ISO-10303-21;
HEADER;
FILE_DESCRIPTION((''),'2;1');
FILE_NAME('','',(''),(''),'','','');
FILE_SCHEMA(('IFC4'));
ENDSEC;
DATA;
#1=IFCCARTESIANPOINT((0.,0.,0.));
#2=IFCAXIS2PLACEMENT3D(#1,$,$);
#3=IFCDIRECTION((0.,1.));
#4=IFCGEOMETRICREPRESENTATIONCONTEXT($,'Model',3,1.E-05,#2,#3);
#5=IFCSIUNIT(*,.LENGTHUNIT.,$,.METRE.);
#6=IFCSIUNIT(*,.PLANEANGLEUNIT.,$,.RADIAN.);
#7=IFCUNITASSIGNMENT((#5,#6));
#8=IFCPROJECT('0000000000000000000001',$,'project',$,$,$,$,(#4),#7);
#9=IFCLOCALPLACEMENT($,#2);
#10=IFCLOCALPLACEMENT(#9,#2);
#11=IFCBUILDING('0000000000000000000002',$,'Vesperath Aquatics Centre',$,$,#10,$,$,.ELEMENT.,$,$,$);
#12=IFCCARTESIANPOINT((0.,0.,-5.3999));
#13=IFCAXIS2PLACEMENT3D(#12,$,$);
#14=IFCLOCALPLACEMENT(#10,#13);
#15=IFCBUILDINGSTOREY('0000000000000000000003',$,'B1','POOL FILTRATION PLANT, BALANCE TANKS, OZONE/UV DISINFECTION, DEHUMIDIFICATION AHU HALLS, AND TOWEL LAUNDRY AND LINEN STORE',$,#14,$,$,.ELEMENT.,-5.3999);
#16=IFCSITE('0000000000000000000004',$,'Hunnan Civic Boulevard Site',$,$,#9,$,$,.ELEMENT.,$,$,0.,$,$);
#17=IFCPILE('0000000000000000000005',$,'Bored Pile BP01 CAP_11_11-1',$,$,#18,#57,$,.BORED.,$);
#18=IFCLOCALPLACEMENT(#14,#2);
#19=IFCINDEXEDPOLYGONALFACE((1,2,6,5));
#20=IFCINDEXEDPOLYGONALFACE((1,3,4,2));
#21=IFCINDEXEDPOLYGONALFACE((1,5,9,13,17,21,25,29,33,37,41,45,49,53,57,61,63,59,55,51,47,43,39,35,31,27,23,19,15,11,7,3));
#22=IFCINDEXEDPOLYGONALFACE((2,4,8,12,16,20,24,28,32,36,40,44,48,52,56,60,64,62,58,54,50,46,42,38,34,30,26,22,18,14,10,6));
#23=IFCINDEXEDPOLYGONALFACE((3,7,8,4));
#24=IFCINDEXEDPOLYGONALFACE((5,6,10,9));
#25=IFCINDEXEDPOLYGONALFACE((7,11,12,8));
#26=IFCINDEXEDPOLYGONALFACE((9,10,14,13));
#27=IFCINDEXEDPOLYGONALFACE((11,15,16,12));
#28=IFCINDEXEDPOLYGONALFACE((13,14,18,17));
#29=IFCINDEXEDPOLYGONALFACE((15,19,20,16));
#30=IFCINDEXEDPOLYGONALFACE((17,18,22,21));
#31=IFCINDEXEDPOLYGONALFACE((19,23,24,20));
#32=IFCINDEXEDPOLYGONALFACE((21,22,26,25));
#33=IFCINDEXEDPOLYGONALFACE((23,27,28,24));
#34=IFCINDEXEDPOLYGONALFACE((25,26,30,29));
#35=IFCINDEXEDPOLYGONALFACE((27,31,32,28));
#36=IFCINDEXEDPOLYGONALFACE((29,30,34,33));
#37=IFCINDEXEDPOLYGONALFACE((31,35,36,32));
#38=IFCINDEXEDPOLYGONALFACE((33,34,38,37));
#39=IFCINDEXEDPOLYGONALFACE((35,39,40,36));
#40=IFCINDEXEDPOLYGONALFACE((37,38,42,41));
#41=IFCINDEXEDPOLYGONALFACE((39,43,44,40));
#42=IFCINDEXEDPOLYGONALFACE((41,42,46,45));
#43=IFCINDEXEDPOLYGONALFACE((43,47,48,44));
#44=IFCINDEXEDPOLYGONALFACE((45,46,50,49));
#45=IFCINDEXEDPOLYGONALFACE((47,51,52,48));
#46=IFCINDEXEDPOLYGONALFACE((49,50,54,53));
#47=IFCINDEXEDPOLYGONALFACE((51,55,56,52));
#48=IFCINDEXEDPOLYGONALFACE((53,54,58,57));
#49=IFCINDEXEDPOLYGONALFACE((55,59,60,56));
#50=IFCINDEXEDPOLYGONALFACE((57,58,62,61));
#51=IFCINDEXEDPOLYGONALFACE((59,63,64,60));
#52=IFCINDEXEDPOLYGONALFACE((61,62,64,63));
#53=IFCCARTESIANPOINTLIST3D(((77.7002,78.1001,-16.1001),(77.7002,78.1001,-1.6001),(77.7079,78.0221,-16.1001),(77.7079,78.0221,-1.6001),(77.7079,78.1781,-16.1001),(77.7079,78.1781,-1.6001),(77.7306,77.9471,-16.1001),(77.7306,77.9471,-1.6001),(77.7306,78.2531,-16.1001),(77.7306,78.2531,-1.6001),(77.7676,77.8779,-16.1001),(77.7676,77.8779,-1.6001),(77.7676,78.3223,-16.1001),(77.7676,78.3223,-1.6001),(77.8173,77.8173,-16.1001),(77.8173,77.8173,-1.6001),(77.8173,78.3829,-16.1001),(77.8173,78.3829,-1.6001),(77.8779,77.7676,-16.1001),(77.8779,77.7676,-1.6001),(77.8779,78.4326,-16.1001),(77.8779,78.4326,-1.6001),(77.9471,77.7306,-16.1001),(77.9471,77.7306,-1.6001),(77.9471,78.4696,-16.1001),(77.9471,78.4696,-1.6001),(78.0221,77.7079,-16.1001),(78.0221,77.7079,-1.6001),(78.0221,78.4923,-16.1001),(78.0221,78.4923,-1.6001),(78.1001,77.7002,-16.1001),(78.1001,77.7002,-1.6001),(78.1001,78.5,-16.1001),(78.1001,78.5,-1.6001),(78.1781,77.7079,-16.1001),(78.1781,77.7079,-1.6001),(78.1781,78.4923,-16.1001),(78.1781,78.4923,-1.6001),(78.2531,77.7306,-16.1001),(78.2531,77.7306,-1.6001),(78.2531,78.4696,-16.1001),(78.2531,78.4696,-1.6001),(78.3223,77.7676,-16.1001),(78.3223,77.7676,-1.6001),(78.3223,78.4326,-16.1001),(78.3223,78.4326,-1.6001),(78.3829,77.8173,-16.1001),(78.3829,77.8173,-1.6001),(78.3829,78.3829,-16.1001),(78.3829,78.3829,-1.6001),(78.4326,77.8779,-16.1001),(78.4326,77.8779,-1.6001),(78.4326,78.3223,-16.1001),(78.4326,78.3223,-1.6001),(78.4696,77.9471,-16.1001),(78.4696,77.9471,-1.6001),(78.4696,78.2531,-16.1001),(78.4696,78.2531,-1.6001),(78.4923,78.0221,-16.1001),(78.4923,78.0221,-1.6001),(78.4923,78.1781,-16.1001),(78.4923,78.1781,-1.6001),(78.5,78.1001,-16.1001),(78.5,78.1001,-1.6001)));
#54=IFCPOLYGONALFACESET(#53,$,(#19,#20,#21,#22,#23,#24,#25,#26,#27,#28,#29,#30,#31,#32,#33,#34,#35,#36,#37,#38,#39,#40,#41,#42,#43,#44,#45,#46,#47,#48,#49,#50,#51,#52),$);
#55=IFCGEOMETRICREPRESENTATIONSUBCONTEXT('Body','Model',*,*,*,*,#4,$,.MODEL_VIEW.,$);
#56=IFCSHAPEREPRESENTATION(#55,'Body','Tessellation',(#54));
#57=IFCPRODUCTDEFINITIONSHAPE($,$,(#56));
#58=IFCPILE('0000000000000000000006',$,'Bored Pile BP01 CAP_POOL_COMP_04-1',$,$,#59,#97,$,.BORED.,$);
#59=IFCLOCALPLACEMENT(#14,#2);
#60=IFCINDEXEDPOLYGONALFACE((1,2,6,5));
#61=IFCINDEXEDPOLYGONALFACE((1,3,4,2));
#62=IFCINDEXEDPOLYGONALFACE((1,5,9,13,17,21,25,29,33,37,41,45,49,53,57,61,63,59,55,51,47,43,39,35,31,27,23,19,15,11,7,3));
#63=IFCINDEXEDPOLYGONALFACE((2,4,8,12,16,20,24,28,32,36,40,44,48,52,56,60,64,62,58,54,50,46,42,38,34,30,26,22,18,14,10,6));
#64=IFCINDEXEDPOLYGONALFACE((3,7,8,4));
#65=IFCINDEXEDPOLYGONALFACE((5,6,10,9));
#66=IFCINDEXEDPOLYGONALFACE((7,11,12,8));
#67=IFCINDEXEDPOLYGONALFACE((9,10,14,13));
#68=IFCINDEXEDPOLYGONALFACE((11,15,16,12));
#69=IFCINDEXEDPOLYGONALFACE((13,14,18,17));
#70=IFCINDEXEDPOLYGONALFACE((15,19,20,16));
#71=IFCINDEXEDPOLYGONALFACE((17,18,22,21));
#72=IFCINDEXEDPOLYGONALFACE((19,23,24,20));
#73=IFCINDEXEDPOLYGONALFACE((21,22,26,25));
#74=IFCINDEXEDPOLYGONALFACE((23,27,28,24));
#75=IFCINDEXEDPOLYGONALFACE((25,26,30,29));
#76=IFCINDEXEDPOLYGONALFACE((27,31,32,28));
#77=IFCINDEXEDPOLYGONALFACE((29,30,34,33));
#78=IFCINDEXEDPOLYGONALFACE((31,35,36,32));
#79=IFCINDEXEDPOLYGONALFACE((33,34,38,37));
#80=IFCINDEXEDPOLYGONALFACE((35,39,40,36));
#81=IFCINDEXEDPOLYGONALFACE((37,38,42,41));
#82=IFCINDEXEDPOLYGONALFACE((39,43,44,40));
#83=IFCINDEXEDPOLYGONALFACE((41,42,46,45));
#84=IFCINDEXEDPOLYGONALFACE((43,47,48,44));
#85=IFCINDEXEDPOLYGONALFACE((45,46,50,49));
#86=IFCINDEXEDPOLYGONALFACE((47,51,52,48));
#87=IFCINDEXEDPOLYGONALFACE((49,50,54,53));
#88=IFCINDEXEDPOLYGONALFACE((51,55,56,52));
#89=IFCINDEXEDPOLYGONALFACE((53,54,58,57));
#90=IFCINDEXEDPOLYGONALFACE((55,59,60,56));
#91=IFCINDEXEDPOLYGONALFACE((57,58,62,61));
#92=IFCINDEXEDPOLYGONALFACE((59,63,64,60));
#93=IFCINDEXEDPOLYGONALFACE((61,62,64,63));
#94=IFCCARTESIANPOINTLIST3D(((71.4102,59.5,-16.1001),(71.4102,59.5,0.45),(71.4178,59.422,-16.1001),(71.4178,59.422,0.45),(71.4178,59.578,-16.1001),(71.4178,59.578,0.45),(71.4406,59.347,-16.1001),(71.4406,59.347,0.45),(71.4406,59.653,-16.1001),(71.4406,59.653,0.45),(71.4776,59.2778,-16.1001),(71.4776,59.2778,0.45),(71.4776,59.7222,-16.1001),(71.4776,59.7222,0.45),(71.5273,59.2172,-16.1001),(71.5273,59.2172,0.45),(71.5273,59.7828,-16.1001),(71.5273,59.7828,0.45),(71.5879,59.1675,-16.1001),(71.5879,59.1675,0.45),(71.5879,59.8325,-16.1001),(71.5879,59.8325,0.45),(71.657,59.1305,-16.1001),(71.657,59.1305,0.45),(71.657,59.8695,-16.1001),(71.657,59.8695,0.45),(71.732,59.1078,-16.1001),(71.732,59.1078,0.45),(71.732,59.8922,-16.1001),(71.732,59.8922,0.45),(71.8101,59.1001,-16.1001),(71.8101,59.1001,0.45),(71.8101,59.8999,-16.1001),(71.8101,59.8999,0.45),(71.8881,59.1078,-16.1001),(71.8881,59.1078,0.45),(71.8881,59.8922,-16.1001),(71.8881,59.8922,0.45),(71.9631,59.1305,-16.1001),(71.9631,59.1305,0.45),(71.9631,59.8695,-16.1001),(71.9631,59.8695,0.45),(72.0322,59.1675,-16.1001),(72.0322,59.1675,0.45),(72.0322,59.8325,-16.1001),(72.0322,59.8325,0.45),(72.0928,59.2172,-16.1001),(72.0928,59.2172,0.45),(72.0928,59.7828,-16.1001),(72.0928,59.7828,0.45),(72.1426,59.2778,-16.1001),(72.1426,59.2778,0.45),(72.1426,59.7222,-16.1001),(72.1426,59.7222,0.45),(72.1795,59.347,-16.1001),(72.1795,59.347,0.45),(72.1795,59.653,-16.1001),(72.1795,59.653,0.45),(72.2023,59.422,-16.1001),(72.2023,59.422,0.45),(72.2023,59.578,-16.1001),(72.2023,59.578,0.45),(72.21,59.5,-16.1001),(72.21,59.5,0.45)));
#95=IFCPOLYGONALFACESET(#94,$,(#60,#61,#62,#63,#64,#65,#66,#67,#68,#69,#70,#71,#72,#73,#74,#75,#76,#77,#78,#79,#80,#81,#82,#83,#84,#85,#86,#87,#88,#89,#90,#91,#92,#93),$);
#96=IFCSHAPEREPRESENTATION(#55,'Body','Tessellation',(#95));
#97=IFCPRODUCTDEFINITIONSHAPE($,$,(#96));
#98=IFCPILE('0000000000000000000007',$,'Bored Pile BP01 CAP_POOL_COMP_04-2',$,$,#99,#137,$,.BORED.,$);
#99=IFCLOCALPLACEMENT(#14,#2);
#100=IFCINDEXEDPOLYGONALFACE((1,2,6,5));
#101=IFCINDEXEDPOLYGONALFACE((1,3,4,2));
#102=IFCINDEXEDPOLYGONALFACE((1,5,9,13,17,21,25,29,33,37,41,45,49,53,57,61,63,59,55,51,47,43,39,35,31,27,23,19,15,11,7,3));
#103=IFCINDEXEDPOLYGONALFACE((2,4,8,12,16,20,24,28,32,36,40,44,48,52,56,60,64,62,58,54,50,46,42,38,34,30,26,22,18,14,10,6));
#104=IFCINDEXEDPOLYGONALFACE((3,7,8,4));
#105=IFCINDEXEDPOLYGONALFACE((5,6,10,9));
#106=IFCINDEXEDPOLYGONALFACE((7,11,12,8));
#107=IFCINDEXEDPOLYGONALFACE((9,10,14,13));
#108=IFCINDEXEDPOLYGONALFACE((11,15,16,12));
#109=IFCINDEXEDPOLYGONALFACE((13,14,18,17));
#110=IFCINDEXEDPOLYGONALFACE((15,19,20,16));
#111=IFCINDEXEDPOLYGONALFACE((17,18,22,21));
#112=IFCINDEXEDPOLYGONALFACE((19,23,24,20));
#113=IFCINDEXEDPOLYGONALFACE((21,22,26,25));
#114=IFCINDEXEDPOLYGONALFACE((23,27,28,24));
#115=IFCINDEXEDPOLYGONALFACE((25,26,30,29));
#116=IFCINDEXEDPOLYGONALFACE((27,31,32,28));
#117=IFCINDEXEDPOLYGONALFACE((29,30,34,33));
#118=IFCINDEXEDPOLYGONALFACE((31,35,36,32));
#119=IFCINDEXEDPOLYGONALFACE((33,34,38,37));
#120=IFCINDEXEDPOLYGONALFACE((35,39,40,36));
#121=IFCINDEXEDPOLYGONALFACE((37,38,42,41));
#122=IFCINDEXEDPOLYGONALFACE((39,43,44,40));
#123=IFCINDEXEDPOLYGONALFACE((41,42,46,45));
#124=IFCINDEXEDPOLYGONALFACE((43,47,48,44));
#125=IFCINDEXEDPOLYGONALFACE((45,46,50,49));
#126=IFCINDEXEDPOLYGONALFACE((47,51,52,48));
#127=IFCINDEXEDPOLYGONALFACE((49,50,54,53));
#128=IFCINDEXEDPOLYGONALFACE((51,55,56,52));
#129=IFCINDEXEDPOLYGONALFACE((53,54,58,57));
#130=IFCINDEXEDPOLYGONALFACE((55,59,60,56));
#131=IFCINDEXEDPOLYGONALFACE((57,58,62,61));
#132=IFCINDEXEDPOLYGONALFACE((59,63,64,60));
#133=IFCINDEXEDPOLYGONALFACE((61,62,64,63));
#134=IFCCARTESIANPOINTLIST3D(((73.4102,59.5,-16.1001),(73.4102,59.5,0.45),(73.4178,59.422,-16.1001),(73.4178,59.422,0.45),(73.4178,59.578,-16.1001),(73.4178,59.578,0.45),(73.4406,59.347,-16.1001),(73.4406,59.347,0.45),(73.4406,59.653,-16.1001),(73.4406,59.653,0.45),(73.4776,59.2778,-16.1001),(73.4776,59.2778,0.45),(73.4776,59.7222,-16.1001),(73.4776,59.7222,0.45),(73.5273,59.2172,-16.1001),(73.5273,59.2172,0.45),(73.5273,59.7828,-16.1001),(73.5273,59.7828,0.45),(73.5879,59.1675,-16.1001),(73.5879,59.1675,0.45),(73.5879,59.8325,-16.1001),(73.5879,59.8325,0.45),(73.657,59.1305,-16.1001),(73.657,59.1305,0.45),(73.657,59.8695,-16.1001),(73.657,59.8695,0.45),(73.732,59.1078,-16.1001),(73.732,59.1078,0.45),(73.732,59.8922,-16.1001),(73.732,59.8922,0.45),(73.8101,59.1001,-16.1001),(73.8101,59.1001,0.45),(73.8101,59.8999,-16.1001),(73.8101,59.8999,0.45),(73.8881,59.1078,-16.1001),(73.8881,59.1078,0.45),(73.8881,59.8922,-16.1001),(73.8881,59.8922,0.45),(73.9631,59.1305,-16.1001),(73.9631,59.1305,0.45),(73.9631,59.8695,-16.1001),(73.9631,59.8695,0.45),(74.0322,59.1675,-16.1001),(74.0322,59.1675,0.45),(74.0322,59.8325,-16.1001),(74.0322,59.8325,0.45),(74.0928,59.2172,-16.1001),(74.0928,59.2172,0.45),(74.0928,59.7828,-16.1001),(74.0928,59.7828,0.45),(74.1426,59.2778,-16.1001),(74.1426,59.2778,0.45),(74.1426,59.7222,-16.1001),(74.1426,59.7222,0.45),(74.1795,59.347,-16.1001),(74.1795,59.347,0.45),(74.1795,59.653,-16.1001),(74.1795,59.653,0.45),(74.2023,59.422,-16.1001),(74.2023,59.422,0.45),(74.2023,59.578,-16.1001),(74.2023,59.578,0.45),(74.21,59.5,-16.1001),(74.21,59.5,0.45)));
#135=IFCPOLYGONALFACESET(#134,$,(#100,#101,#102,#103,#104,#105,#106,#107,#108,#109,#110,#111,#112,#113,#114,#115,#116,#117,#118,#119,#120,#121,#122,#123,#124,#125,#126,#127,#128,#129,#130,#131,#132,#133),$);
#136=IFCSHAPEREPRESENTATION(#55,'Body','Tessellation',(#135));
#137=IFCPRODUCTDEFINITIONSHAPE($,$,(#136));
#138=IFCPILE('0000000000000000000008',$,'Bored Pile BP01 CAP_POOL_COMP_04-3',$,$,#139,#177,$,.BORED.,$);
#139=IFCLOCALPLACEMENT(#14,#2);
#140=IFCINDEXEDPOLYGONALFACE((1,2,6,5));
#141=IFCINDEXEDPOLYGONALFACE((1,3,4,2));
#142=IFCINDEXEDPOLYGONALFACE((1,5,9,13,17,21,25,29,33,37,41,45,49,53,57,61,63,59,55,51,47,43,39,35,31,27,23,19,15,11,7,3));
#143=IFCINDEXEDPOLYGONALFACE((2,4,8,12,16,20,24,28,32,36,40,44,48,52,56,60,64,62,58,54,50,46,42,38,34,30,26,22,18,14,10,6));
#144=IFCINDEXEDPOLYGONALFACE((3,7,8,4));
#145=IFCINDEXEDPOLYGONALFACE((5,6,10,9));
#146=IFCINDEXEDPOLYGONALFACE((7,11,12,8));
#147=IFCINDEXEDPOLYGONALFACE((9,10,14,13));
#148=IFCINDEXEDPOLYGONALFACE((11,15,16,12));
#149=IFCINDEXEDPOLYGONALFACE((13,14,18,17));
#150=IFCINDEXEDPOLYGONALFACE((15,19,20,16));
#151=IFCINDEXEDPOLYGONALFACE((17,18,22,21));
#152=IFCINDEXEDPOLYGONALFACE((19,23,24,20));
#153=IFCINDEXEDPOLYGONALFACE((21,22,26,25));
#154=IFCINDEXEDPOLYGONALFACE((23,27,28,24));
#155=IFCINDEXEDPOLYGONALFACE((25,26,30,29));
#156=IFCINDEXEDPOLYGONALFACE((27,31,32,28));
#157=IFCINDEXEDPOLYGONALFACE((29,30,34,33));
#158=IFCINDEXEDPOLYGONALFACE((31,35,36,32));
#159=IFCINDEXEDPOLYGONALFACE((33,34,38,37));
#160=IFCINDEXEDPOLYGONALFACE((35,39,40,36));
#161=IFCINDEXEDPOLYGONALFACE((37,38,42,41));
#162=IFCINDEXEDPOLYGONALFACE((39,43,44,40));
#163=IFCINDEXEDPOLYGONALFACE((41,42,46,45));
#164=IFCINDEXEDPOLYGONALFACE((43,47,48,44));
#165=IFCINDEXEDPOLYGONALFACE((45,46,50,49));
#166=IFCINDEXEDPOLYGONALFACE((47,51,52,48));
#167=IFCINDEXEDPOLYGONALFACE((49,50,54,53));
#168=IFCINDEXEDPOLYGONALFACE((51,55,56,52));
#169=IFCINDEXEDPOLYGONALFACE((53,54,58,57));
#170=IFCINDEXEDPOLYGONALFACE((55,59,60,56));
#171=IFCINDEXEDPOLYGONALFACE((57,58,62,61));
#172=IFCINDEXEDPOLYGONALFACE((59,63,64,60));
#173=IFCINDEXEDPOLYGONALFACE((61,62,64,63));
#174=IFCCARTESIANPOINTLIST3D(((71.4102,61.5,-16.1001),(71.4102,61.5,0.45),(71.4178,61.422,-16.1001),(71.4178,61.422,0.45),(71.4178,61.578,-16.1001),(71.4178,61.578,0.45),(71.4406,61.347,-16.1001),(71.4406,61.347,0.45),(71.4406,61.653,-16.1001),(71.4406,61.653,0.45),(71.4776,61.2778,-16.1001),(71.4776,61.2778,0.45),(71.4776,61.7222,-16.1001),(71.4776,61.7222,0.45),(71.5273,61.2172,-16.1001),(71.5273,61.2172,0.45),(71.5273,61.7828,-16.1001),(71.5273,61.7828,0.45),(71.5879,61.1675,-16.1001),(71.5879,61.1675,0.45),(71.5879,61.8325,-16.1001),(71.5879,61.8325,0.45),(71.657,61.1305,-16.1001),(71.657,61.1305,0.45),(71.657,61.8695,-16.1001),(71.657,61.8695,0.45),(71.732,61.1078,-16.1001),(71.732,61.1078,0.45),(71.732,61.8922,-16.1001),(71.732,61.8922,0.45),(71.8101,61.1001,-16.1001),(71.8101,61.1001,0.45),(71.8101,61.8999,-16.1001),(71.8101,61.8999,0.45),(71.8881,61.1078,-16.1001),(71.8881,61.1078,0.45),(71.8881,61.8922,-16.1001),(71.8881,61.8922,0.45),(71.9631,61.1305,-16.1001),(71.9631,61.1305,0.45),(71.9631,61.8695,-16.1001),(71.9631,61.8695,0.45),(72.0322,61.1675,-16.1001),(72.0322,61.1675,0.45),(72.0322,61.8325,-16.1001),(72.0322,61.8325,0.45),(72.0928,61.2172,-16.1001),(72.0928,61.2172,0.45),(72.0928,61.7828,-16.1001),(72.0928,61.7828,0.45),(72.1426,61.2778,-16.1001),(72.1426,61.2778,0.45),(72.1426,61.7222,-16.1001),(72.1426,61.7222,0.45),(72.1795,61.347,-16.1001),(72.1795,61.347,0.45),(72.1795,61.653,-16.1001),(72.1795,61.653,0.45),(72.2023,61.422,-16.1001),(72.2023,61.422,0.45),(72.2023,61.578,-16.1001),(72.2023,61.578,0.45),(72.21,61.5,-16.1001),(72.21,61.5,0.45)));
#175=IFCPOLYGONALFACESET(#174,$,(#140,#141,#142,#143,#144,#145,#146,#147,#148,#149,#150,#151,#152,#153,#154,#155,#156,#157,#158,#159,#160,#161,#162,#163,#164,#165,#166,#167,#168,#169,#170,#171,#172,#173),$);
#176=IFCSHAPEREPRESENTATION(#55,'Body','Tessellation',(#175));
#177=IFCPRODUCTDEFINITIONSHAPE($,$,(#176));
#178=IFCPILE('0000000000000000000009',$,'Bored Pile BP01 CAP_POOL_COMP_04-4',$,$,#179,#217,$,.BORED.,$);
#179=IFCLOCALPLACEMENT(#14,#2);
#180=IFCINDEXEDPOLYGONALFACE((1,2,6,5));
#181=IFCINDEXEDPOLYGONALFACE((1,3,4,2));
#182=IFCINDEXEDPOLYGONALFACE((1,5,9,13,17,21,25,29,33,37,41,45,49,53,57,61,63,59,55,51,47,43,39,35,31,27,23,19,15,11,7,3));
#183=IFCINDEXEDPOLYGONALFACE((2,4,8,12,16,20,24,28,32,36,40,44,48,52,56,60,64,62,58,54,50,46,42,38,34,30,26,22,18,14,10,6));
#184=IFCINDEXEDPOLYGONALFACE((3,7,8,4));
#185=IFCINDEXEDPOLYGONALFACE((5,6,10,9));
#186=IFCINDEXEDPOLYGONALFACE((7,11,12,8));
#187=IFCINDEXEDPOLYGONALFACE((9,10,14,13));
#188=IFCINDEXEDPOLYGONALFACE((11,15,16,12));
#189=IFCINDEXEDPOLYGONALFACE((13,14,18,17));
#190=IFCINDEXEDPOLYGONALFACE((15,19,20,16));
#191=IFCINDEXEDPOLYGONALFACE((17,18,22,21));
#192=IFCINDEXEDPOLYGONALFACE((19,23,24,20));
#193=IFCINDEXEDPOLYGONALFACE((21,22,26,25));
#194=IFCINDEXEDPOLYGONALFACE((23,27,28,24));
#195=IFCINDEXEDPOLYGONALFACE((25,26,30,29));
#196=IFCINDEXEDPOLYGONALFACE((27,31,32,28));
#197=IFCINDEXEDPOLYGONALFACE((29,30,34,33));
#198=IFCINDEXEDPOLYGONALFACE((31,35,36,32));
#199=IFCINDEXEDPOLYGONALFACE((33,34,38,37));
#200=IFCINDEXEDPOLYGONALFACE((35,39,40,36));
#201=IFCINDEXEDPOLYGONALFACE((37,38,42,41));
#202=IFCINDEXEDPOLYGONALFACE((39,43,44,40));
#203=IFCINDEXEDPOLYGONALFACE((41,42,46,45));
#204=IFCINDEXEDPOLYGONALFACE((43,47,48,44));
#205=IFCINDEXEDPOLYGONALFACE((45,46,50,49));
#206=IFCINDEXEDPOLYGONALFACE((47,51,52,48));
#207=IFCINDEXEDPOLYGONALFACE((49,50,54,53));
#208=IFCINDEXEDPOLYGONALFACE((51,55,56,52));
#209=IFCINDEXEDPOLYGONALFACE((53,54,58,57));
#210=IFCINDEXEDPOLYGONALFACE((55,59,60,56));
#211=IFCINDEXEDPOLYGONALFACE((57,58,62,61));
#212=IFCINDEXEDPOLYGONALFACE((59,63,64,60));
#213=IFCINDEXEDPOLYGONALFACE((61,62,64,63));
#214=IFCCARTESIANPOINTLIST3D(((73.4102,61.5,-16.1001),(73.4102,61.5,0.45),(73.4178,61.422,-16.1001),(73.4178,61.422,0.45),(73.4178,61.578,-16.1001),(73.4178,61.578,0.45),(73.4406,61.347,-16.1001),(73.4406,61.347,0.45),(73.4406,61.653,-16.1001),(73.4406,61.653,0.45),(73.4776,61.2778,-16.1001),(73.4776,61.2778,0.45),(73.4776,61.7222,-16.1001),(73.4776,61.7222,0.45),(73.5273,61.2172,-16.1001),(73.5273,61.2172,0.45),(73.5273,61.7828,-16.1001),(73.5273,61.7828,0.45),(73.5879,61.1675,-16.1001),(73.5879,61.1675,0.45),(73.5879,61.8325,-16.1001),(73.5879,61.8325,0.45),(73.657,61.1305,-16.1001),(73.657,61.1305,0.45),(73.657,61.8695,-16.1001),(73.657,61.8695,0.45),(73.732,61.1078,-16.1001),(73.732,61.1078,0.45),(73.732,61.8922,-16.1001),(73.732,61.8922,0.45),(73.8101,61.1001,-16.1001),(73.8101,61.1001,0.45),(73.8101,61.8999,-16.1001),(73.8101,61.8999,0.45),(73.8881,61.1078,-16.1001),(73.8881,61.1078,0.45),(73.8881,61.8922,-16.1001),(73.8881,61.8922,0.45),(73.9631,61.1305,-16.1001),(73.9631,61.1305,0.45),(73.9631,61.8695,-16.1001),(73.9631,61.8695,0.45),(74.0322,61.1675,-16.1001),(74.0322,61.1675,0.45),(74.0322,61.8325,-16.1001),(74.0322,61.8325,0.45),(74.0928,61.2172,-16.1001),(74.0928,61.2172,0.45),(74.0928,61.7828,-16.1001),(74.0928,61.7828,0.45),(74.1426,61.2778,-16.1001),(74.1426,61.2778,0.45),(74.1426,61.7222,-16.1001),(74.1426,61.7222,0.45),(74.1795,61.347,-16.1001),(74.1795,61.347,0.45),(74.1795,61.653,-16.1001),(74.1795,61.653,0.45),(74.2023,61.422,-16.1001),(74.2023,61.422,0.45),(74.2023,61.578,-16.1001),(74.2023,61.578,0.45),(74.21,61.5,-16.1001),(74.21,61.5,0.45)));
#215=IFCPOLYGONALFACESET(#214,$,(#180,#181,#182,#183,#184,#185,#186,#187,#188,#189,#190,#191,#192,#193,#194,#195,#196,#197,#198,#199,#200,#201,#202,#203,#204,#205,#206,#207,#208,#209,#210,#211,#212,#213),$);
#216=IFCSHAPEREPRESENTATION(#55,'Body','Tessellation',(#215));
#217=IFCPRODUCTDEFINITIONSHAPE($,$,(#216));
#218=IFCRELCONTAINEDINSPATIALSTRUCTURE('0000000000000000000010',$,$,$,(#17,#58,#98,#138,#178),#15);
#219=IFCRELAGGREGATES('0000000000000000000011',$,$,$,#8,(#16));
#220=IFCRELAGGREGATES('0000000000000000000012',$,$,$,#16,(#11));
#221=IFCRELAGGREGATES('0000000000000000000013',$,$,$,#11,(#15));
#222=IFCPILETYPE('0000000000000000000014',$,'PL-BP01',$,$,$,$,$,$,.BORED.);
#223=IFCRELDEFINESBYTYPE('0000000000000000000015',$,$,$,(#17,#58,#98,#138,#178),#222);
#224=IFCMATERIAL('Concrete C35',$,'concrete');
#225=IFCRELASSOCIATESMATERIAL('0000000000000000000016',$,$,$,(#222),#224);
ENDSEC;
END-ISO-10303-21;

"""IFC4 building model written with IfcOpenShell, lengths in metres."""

from ifc_helpers import new_model, si_unit, direction, frame, origin, origin_2d, place, context, subcontext, project, spatial, circle, extrude, material, material_profile, profile_set, type_object, element, save


model = new_model("IFC4")

# Units and contexts
model_context = context("Model", 3, precision=1e-05, world=origin(), true_north=direction((0.0, 1.0)))
body_context = subcontext(model_context, "Body", "Model", "MODEL_VIEW")
ifc_project = project(units=[si_unit("LENGTHUNIT", "METRE"), si_unit("PLANEANGLEUNIT", "RADIAN")], contexts=[model_context])

# Site, building, storey
site_placement = place(None, origin())
site = spatial("IfcSite", under=ifc_project, at=site_placement, Name="Hunnan Civic Boulevard Site", CompositionType="ELEMENT", RefElevation=0.0)
building_placement = place(site_placement, origin())
building = spatial("IfcBuilding", under=site, at=building_placement, Name="Vesperath Aquatics Centre", CompositionType="ELEMENT")
storey_placement = place(building_placement, frame((0.0, 0.0, -5.3999)))
storey = spatial("IfcBuildingStorey", under=building, at=storey_placement, Name="B1", Description="POOL FILTRATION PLANT, BALANCE TANKS, OZONE/UV DISINFECTION, DEHUMIDIFICATION AHU HALLS, AND TOWEL LAUNDRY AND LINEN STORE", CompositionType="ELEMENT", Elevation=-5.3999)

# Piles
ifc_material_1 = material(Name="Concrete C35", Category="concrete")
ifc_material_profile_1 = material_profile(ifc_material_1, circle(Radius=0.3999, at=origin_2d()), Name="PILE D800")
ifc_profile_set_1 = profile_set([ifc_material_profile_1], Name="Concrete C35")
pile_type = type_object("IfcPileType", Name="PL-BP01", PredefinedType="BORED", material=ifc_profile_set_1)
pile_placement = place(storey_placement, frame((78.1001, 78.1001, -1.6001), z_axis=(0.0, 0.0, -1.0), x_axis=(1.0, 0.0, 0.0)))
element("IfcPile", 1, at=pile_placement, inside=storey, type_object=pile_type, Name="Bored Pile BP01 CAP_11_11-1", PredefinedType="BORED", context=body_context, shape_type="SweptSolid", body=[
    extrude(circle(Radius=0.3999, at=origin_2d()), origin(), (0.0, 0.0, 1.0), 14.5),
])
for number, where, z_axis, x_axis, name in (
    (2, (71.8101, 59.5, 0.45), (0.0, 0.0, -1.0), (1.0, 0.0, 0.0), "Bored Pile BP01 CAP_POOL_COMP_04-1"),
    (3, (73.8101, 59.5, 0.45), (0.0, 0.0, -1.0), (1.0, 0.0, 0.0), "Bored Pile BP01 CAP_POOL_COMP_04-2"),
    (4, (71.8101, 61.5, 0.45), (0.0, 0.0, -1.0), (1.0, 0.0, 0.0), "Bored Pile BP01 CAP_POOL_COMP_04-3"),
    (5, (73.8101, 61.5, 0.45), (0.0, 0.0, -1.0), (1.0, 0.0, 0.0), "Bored Pile BP01 CAP_POOL_COMP_04-4"),
):
    element("IfcPile", number, at=place(storey_placement, frame(where, z_axis=z_axis, x_axis=x_axis)), inside=storey, type_object=pile_type, Name=name, PredefinedType="BORED", context=body_context, shape_type="SweptSolid", body=[
        extrude(circle(Radius=0.3999, at=origin_2d()), origin(), (0.0, 0.0, 1.0), 16.55),
    ])

save(model, "model.ifc")
